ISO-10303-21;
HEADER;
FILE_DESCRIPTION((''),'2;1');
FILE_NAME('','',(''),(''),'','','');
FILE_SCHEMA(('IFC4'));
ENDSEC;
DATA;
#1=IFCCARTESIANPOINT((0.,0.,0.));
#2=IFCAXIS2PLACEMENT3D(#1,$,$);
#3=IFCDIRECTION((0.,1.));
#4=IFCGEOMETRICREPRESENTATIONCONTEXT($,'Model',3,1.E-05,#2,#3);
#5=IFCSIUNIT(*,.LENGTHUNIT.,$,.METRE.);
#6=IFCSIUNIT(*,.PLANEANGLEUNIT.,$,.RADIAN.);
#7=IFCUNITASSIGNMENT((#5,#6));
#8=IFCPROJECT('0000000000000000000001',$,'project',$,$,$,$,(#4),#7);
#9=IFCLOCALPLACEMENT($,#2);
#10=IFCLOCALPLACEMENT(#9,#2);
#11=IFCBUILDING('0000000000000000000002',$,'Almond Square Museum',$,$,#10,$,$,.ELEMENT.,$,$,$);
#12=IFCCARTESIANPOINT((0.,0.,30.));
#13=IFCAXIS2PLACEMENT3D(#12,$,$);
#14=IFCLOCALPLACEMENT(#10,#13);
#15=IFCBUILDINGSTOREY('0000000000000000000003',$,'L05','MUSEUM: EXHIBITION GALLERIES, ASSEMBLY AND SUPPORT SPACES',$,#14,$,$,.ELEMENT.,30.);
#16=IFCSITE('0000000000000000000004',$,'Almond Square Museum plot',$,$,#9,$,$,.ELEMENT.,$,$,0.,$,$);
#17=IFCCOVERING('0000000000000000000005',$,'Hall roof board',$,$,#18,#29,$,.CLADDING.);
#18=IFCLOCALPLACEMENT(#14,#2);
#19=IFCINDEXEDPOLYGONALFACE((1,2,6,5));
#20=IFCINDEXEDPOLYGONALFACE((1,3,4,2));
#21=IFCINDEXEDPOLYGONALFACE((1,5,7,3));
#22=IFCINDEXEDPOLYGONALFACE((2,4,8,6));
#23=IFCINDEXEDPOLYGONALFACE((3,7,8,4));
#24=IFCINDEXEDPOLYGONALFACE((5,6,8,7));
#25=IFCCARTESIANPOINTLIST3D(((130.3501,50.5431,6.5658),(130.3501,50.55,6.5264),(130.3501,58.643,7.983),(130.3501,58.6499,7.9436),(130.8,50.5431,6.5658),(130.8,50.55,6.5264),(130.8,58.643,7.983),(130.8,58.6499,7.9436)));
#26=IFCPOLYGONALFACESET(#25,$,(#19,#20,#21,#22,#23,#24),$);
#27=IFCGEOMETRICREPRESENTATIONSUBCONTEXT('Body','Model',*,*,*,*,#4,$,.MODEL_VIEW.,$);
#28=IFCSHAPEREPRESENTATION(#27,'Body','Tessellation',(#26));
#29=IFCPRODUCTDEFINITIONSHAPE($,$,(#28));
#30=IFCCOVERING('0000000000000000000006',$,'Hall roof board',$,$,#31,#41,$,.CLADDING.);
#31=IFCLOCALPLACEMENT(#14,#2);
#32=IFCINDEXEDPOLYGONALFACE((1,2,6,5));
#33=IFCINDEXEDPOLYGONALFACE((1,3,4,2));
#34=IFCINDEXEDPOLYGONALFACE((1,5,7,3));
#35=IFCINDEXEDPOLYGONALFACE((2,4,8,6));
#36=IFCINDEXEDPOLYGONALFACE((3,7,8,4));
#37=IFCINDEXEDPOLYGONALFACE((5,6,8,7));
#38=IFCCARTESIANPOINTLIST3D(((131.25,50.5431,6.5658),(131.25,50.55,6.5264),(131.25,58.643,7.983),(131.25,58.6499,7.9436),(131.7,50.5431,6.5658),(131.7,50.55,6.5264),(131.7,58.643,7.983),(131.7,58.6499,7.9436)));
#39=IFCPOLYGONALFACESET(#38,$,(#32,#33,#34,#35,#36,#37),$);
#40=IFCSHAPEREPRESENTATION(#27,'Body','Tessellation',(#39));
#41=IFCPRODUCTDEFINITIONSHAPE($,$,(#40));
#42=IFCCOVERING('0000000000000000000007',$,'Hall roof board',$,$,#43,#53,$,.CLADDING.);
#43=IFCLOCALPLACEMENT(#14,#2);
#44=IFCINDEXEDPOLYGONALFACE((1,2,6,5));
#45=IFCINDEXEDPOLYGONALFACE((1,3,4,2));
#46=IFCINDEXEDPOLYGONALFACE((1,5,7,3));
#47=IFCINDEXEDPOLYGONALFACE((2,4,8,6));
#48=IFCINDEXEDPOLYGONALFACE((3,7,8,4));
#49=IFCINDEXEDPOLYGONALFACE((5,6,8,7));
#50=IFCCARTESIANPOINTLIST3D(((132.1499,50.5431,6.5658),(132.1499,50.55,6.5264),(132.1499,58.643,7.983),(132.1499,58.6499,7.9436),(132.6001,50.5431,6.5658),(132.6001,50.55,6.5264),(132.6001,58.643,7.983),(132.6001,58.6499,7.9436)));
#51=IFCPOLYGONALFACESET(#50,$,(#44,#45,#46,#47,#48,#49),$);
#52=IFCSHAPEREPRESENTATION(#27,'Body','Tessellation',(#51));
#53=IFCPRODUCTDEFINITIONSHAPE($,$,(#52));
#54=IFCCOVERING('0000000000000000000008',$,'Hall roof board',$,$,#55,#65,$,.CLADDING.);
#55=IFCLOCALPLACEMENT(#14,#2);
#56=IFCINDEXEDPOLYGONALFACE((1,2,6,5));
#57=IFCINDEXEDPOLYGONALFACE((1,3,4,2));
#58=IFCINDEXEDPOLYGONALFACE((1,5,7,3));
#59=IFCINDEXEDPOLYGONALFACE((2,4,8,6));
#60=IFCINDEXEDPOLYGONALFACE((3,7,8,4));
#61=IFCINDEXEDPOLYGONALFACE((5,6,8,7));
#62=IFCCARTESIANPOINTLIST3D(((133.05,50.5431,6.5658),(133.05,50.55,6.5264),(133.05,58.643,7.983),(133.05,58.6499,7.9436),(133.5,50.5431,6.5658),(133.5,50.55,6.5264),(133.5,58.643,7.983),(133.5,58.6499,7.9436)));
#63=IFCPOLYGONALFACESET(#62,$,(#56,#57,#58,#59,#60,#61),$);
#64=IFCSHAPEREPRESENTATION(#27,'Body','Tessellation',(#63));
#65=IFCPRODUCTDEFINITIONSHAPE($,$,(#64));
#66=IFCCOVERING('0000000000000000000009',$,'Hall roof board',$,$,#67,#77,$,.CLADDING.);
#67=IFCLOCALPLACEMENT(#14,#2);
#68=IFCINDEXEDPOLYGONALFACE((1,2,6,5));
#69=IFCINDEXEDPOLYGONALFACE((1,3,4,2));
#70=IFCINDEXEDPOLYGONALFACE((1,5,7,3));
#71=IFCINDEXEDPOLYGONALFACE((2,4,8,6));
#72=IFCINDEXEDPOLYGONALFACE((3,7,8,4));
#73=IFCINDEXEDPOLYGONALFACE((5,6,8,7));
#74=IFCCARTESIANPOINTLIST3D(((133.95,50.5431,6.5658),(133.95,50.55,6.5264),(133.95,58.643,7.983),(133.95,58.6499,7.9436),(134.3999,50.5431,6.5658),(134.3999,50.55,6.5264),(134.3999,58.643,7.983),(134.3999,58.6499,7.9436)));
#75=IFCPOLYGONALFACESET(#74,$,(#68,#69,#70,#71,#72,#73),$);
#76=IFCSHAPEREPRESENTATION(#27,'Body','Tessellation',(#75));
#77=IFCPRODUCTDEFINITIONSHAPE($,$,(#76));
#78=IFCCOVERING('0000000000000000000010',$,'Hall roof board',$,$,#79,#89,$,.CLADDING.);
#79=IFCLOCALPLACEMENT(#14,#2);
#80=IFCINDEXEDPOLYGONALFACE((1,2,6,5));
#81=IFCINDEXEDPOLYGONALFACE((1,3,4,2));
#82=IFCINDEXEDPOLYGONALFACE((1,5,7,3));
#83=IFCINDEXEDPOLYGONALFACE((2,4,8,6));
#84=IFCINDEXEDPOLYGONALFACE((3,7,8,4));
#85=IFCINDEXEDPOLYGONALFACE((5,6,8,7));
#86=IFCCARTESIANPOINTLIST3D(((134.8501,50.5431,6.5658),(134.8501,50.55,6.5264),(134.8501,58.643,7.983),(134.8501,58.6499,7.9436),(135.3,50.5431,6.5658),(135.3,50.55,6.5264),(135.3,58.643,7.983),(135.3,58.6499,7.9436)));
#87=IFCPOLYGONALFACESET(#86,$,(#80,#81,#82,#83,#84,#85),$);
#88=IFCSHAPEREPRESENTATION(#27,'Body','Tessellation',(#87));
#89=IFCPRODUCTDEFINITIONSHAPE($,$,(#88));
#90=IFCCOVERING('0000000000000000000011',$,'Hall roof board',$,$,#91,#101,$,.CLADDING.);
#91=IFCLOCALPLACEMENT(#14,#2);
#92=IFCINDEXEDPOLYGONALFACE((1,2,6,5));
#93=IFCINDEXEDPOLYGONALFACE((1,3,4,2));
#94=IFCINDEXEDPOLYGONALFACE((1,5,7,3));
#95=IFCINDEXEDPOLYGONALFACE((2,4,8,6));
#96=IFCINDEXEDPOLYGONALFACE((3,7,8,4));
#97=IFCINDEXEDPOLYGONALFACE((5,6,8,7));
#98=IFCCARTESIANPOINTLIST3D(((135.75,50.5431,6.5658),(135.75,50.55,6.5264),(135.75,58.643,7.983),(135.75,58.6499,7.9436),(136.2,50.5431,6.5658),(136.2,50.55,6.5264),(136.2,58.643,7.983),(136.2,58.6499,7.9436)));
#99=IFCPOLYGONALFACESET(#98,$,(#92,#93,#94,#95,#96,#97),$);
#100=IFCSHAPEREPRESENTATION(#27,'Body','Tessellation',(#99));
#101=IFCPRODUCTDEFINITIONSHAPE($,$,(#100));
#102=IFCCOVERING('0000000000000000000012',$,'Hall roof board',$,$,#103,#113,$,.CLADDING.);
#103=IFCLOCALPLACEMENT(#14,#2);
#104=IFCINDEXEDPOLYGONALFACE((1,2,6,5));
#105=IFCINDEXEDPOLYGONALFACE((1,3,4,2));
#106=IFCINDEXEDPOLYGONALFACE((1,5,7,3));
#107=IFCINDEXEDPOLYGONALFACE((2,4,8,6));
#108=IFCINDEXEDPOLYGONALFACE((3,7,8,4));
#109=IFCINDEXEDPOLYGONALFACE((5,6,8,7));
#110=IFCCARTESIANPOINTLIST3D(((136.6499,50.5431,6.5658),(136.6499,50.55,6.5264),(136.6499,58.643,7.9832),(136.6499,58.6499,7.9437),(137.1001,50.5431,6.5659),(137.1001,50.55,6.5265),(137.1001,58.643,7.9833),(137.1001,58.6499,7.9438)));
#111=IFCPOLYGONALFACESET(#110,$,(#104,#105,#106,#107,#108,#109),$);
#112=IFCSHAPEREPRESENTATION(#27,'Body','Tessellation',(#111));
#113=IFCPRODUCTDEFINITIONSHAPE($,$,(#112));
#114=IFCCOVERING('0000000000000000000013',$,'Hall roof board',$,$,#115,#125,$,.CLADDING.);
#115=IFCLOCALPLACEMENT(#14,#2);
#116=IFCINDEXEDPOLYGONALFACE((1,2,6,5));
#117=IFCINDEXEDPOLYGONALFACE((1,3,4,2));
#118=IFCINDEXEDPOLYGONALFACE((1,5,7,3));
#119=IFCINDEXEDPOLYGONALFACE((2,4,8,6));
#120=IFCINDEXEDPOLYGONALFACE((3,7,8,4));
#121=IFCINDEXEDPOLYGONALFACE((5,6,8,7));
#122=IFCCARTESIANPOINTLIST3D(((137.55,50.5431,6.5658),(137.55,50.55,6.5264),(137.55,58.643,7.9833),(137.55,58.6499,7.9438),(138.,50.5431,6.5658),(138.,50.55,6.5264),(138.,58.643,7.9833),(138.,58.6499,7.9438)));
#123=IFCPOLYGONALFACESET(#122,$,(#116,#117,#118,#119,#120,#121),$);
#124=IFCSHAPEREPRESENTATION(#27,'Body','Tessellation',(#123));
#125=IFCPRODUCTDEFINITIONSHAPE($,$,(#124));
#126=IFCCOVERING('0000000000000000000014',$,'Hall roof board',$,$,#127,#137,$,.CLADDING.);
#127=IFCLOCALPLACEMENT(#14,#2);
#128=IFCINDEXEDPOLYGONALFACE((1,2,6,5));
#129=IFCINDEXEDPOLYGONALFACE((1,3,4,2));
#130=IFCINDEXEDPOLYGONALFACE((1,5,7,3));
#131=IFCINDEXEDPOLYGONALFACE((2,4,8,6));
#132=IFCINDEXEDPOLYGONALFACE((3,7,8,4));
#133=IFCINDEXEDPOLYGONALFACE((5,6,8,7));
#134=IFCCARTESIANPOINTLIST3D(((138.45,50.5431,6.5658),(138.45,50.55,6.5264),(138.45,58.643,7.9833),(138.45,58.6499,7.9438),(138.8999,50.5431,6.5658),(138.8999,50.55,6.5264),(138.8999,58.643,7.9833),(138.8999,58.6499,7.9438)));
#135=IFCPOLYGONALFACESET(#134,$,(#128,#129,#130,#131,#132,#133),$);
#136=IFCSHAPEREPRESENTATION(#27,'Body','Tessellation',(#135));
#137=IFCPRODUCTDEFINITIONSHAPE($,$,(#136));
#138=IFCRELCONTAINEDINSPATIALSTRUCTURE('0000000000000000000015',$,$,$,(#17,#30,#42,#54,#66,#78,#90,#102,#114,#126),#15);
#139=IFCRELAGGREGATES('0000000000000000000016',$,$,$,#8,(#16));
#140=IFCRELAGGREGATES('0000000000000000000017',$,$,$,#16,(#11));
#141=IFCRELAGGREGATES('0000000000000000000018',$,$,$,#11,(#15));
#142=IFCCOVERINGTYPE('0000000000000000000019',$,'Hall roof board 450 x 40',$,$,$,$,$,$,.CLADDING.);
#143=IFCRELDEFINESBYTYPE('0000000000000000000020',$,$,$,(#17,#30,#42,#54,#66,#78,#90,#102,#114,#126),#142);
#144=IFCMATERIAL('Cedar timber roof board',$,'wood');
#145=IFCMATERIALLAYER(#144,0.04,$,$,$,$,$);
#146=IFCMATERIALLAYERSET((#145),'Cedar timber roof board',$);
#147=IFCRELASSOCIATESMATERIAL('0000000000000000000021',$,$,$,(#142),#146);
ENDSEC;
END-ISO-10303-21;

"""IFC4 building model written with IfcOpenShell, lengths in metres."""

from ifc_helpers import new_model, si_unit, direction, frame, origin, place, context, subcontext, project, spatial, polyline, outline, extrude, material, layer, layer_set, type_object, element, save


model = new_model("IFC4")

# Units and contexts
model_context = context("Model", 3, precision=1e-05, world=origin(), true_north=direction((0.0, 1.0)))
body_context = subcontext(model_context, "Body", "Model", "MODEL_VIEW")
ifc_project = project(units=[si_unit("LENGTHUNIT", "METRE"), si_unit("PLANEANGLEUNIT", "RADIAN")], contexts=[model_context])

# Site, building, storey
site_placement = place(None, origin())
site = spatial("IfcSite", under=ifc_project, at=site_placement, Name="Almond Square Museum plot", CompositionType="ELEMENT", RefElevation=0.0)
building_placement = place(site_placement, origin())
building = spatial("IfcBuilding", under=site, at=building_placement, Name="Almond Square Museum", CompositionType="ELEMENT")
storey_placement = place(building_placement, frame((0.0, 0.0, 30.0)))
storey = spatial("IfcBuildingStorey", under=building, at=storey_placement, Name="L05", Description="MUSEUM: EXHIBITION GALLERIES, ASSEMBLY AND SUPPORT SPACES", CompositionType="ELEMENT", Elevation=30.0)

# Coverings
ifc_material_1 = material(Name="Cedar timber roof board", Category="wood")
ifc_layer = layer(ifc_material_1, 0.04)
ifc_layer_set = layer_set([ifc_layer], Name="Cedar timber roof board")
covering_type = type_object("IfcCoveringType", Name="Hall roof board 450 x 40", PredefinedType="CLADDING", material=ifc_layer_set)
for number, where, z_axis, x_axis, name in (
    (1, (130.8, 58.6499, 7.9436), (0.0, -0.172352, 0.985035), (-1.0, 0.0, 0.0), "Hall roof board"),
    (2, (131.7, 58.6499, 7.9436), (0.0, -0.172352, 0.985035), (-1.0, 0.0, 0.0), "Hall roof board"),
):
    element("IfcCovering", number, at=place(storey_placement, frame(where, z_axis=z_axis, x_axis=x_axis)), inside=storey, type_object=covering_type, Name=name, PredefinedType="CLADDING", context=body_context, shape_type="SweptSolid", body=[
        extrude(outline(polyline([(0.0, 0.0), (0.45, 0.0), (0.45, 8.2229), (0.0, 8.2229), (0.0, 0.0)])), origin(), (0.0, 0.0, 1.0), 0.04),
    ])
covering_1_placement = place(storey_placement, frame((132.6001, 58.6499, 7.9436), z_axis=(0.0, -0.172352, 0.985035), x_axis=(-1.0, 0.0, 0.0)))
element("IfcCovering", 3, at=covering_1_placement, inside=storey, type_object=covering_type, Name="Hall roof board", PredefinedType="CLADDING", context=body_context, shape_type="SweptSolid", body=[
    extrude(outline(polyline([(0.0, 0.0), (0.4502, 0.0), (0.4502, 8.2229), (0.0, 8.2229), (0.0, 0.0)])), origin(), (0.0, 0.0, 1.0), 0.04),
])
for number, where, z_axis, x_axis, name in (
    (4, (133.5, 58.6499, 7.9436), (0.0, -0.172352, 0.985035), (-1.0, 0.0, 0.0), "Hall roof board"),
    (5, (134.3999, 58.6499, 7.9436), (0.0, -0.172352, 0.985035), (-1.0, 0.0, 0.0), "Hall roof board"),
    (6, (135.3, 58.6499, 7.9436), (0.0, -0.172352, 0.985035), (-1.0, 0.0, 0.0), "Hall roof board"),
    (7, (136.2, 58.6499, 7.9436), (0.0, -0.172352, 0.985035), (-1.0, 0.0, 0.0), "Hall roof board"),
):
    element("IfcCovering", number, at=place(storey_placement, frame(where, z_axis=z_axis, x_axis=x_axis)), inside=storey, type_object=covering_type, Name=name, PredefinedType="CLADDING", context=body_context, shape_type="SweptSolid", body=[
        extrude(outline(polyline([(0.0, 0.0), (0.45, 0.0), (0.45, 8.2229), (0.0, 8.2229), (0.0, 0.0)])), origin(), (0.0, 0.0, 1.0), 0.04),
    ])
covering_2_placement = place(storey_placement, frame((137.1001, 58.6499, 7.9438), z_axis=(-0.000267, -0.172367, 0.985033), x_axis=(-1.0, -0.000046, -0.000279)))
element("IfcCovering", 8, at=covering_2_placement, inside=storey, type_object=covering_type, Name="Hall roof board", PredefinedType="CLADDING", context=body_context, shape_type="SweptSolid", body=[
    extrude(outline(polyline([(0.0, 0.0), (0.4502, 0.0), (0.451, 8.2229), (0.0008, 8.2229), (0.0, 0.0)])), origin(), (0.0, 0.0, 1.0), 0.04),
])
for number, where, z_axis, x_axis, name in (
    (9, (138.0, 58.6499, 7.9438), (0.0, -0.172381, 0.98503), (-1.0, 0.0, 0.0), "Hall roof board"),
    (10, (138.8999, 58.6499, 7.9438), (0.0, -0.172381, 0.98503), (-1.0, 0.0, 0.0), "Hall roof board"),
):
    element("IfcCovering", number, at=place(storey_placement, frame(where, z_axis=z_axis, x_axis=x_axis)), inside=storey, type_object=covering_type, Name=name, PredefinedType="CLADDING", context=body_context, shape_type="SweptSolid", body=[
        extrude(outline(polyline([(0.0, 0.0), (0.45, 0.0), (0.45, 8.2229), (0.0, 8.2229), (0.0, 0.0)])), origin(), (0.0, 0.0, 1.0), 0.04),
    ])

save(model, "model.ifc")
